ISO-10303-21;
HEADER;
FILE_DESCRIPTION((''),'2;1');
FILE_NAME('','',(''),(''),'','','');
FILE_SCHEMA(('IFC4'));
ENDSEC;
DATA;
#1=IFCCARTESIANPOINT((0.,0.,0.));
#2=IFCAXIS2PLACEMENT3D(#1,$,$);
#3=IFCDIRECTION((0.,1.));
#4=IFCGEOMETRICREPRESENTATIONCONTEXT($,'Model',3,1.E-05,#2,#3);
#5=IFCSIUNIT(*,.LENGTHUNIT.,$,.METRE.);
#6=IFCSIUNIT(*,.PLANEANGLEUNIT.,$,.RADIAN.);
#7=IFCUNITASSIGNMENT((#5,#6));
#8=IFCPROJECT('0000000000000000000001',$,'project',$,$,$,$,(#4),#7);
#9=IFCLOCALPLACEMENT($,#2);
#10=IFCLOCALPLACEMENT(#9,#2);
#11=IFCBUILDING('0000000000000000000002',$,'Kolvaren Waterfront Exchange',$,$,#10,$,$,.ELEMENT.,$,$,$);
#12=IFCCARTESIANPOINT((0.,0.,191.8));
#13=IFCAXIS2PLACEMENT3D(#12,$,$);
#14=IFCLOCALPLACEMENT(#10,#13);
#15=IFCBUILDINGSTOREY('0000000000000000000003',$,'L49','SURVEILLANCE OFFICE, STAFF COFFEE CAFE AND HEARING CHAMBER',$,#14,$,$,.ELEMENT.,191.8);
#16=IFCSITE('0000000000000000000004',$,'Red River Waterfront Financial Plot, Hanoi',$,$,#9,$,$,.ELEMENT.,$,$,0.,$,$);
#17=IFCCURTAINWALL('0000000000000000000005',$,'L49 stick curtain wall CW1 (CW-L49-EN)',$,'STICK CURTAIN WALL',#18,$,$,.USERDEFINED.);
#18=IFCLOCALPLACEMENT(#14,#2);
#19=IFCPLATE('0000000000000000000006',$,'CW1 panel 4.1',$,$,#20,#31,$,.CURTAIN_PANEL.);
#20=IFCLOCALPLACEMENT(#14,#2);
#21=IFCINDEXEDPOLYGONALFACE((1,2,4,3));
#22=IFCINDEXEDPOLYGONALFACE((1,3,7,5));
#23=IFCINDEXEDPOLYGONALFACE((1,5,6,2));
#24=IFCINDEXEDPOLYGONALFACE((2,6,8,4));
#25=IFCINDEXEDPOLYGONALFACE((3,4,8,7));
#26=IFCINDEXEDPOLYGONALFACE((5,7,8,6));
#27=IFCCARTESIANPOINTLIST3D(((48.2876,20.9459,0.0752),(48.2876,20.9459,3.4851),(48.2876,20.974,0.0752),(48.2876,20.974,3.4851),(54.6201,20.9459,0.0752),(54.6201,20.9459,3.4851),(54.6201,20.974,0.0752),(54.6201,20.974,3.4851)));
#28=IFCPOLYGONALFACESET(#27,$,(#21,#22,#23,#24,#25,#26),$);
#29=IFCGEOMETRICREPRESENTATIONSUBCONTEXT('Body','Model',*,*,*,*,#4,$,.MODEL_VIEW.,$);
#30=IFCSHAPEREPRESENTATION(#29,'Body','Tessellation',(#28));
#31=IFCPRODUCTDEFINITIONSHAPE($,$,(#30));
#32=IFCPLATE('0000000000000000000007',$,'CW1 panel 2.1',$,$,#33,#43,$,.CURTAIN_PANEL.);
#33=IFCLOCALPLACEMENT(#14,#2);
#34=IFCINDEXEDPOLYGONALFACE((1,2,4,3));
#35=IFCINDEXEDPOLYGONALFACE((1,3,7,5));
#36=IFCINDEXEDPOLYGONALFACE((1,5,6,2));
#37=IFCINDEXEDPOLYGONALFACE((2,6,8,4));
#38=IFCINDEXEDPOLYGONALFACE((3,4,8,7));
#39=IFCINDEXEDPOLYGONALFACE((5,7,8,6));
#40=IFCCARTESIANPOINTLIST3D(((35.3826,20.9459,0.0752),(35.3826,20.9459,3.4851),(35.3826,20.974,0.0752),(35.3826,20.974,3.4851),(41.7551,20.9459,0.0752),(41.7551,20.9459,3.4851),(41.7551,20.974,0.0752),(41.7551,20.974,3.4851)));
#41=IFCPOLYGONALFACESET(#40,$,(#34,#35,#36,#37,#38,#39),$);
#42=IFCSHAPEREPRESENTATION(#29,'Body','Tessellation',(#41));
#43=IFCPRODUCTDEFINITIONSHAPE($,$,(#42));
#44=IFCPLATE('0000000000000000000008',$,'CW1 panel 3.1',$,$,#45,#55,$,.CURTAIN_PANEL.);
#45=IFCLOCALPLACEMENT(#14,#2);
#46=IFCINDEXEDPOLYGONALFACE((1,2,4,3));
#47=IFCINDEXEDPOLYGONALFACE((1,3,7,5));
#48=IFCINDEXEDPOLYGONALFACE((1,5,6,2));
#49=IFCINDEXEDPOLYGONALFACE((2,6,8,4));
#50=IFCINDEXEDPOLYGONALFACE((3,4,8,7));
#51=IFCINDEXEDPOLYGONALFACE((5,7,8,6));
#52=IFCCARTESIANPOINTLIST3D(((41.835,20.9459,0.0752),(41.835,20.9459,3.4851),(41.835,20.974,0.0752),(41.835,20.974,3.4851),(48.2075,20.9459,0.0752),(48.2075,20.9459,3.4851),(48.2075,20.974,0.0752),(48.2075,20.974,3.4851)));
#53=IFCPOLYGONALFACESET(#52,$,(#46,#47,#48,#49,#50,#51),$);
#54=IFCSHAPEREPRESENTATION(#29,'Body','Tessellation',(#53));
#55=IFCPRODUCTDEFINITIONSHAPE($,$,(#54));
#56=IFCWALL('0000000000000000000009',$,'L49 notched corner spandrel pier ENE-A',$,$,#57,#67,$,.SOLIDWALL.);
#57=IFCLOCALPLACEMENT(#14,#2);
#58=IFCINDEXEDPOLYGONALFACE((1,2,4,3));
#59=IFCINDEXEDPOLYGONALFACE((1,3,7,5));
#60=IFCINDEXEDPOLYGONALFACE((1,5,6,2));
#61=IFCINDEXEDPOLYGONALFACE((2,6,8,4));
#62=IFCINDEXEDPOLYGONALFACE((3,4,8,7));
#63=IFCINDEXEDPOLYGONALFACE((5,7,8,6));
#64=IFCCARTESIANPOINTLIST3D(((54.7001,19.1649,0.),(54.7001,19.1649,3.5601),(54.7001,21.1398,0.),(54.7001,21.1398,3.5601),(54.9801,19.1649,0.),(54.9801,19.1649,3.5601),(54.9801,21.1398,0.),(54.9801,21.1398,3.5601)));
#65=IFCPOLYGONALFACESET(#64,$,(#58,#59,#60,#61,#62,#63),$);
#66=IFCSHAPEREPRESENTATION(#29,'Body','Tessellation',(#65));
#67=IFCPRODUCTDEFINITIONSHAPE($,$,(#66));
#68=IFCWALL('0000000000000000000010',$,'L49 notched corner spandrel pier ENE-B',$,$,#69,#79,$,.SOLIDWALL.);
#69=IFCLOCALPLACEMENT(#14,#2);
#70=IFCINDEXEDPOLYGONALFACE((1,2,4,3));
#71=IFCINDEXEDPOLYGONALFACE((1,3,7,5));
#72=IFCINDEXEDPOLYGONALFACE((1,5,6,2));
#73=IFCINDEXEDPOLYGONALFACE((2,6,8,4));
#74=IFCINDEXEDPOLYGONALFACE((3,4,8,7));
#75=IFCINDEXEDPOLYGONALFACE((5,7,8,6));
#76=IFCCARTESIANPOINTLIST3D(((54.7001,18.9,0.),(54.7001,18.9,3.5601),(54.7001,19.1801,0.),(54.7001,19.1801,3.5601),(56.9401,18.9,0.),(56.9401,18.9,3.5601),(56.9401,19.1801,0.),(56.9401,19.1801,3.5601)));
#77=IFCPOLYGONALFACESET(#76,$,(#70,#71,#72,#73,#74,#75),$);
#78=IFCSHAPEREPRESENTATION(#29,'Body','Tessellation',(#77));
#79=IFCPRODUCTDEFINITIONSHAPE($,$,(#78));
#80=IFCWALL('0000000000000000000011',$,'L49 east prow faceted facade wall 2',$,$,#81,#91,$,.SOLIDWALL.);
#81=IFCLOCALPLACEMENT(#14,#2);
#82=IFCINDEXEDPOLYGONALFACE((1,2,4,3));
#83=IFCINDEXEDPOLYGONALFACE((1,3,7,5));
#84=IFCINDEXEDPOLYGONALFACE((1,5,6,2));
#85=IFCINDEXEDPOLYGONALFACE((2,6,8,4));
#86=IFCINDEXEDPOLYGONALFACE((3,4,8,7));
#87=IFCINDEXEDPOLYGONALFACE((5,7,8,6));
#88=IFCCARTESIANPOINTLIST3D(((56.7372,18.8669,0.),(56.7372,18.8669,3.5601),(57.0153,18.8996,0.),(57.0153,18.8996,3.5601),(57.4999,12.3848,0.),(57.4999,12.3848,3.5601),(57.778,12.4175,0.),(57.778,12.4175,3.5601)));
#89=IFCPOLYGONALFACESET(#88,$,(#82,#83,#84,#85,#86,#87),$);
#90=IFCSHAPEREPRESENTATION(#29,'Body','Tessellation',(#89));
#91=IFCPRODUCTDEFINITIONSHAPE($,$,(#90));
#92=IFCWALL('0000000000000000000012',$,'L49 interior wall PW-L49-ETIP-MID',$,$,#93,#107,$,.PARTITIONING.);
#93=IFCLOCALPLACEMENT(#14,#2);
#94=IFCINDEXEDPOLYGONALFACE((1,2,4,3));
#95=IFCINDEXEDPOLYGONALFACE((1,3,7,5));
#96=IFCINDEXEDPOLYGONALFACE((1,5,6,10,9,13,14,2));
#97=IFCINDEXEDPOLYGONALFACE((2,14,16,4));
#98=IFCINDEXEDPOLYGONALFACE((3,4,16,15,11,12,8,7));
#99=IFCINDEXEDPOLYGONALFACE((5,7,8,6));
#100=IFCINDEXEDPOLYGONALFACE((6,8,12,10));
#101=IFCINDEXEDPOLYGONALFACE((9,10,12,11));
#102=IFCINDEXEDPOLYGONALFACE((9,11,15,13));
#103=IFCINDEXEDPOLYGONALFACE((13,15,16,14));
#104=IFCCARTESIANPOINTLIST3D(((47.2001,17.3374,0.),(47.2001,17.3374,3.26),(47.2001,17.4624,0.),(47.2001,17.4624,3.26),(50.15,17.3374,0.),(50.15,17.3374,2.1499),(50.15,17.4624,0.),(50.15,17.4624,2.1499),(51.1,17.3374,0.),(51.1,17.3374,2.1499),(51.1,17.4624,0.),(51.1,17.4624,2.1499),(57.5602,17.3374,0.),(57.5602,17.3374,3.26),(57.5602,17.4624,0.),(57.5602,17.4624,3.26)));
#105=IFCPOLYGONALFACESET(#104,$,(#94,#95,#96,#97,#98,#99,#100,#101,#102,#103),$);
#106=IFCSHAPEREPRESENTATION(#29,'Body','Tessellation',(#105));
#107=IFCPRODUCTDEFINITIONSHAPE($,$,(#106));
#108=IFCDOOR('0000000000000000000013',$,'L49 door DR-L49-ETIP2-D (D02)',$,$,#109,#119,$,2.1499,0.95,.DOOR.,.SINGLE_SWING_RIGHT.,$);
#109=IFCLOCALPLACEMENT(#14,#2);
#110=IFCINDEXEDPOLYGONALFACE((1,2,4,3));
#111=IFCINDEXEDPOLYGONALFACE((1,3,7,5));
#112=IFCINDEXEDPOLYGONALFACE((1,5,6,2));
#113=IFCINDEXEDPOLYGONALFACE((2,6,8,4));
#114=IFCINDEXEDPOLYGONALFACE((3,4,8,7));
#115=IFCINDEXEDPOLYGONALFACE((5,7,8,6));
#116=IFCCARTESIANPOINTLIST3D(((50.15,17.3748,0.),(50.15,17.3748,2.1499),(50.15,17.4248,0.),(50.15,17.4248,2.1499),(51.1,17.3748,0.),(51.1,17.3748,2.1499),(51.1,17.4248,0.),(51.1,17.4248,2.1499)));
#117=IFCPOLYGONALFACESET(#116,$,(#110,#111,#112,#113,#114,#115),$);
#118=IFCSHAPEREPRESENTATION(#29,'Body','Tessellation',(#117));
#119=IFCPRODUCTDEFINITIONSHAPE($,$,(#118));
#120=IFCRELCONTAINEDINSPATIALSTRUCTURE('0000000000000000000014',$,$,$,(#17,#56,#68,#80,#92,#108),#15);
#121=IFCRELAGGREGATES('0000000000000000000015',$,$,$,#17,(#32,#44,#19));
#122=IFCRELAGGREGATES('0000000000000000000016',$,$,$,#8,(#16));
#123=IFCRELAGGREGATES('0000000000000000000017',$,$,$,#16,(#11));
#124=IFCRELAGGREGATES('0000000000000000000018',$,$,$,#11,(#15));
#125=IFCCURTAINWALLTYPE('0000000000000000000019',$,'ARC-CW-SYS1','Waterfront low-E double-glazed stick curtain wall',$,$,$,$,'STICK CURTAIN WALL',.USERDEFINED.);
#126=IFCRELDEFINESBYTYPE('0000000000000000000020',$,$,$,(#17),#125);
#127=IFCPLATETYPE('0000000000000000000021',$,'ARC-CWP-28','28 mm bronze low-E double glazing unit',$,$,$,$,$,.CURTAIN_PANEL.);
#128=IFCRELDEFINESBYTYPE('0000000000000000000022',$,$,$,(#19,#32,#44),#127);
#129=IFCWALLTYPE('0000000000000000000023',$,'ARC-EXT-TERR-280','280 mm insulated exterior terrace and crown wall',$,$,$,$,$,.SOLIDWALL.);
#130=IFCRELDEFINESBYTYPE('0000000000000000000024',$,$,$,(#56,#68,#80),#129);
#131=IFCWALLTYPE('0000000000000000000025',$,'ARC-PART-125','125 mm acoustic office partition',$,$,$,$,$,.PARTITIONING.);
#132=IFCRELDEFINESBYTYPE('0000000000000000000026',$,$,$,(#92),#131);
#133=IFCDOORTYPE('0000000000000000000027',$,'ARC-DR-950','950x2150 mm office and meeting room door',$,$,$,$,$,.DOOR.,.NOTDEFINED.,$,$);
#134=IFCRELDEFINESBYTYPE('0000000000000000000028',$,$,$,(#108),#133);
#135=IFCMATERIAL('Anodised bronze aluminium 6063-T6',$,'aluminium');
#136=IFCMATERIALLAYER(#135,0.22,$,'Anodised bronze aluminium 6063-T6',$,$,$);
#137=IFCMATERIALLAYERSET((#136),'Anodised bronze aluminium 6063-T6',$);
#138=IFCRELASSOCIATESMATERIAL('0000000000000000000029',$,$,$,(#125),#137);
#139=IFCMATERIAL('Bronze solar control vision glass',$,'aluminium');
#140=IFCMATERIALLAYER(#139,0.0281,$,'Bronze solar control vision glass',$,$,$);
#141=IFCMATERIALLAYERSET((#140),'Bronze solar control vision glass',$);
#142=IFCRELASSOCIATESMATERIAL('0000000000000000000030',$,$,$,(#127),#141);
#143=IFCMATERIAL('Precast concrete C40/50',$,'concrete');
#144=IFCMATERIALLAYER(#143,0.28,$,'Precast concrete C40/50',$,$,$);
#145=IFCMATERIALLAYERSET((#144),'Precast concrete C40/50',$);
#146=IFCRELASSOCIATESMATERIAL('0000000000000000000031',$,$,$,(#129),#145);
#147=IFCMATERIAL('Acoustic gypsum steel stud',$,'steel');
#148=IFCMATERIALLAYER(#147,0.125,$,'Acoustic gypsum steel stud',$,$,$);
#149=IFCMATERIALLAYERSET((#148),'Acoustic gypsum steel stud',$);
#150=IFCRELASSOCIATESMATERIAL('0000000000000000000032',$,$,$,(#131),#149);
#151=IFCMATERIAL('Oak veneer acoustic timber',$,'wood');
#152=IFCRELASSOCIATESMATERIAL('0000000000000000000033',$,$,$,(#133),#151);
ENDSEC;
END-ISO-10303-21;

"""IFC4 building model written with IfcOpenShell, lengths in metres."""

from ifc_helpers import new_model, si_unit, direction, frame, frame_2d, origin, origin_with_axes, origin_2d, place, context, subcontext, project, spatial, rectangle, extrude, source, transform, mapped, material, layer, layer_set, type_object, element, fill, aggregate, save


model = new_model("IFC4")

# Units and contexts
model_context = context("Model", 3, precision=1e-05, world=origin(), true_north=direction((0.0, 1.0)))
body_context = subcontext(model_context, "Body", "Model", "MODEL_VIEW")
ifc_project = project(units=[si_unit("LENGTHUNIT", "METRE"), si_unit("PLANEANGLEUNIT", "RADIAN")], contexts=[model_context])

# Site, building, storey
site_placement = place(None, origin())
site = spatial("IfcSite", under=ifc_project, at=site_placement, Name="Red River Waterfront Financial Plot, Hanoi", CompositionType="ELEMENT", RefElevation=0.0)
building_placement = place(site_placement, origin())
building = spatial("IfcBuilding", under=site, at=building_placement, Name="Kolvaren Waterfront Exchange", CompositionType="ELEMENT")
storey_placement = place(building_placement, frame((0.0, 0.0, 191.8)))
storey = spatial("IfcBuildingStorey", under=building, at=storey_placement, Name="L49", Description="SURVEILLANCE OFFICE, STAFF COFFEE CAFE AND HEARING CHAMBER", CompositionType="ELEMENT", Elevation=191.8)

# Curtain wall, plates
ifc_material_1 = material(Name="Anodised bronze aluminium 6063-T6", Category="aluminium")
ifc_layer_1 = layer(ifc_material_1, 0.22, Name="Anodised bronze aluminium 6063-T6")
ifc_layer_set_1 = layer_set([ifc_layer_1], Name="Anodised bronze aluminium 6063-T6")
curtain_wall_type = type_object("IfcCurtainWallType", Name="ARC-CW-SYS1", Description="Waterfront low-E double-glazed stick curtain wall", ElementType="STICK CURTAIN WALL", PredefinedType="USERDEFINED", material=ifc_layer_set_1)
curtain_wall_placement = place(storey_placement, origin())
curtain_wall = element("IfcCurtainWall", 1, at=curtain_wall_placement, inside=storey, type_object=curtain_wall_type, Name="L49 stick curtain wall CW1 (CW-L49-EN)", ObjectType="STICK CURTAIN WALL", PredefinedType="USERDEFINED")
ifc_material_2 = material(Name="Bronze solar control vision glass", Category="aluminium")
ifc_layer_2 = layer(ifc_material_2, 0.0281, Name="Bronze solar control vision glass")
ifc_layer_set_2 = layer_set([ifc_layer_2], Name="Bronze solar control vision glass")
plate_type = type_object("IfcPlateType", Name="ARC-CWP-28", Description="28 mm bronze low-E double glazing unit", PredefinedType="CURTAIN_PANEL", material=ifc_layer_set_2)
shared_shape_1 = source(origin_with_axes(), body_context, "Body", "SweptSolid", [
    extrude(rectangle(XDim=6.3325, YDim=0.0281, at=origin_2d()), origin(), (0.0, 0.0, 1.0), 3.4099),
])
plate_1_placement = place(storey_placement, frame((51.4539, 20.96, 0.0752), z_axis=(0.0, 0.0, 1.0), x_axis=(1.0, 0.0, 0.0)))
plate_1 = element("IfcPlate", 2, at=plate_1_placement, type_object=plate_type, Name="CW1 panel 4.1", PredefinedType="CURTAIN_PANEL", context=body_context, shape_type="MappedRepresentation", body=[
    mapped(shared_shape_1, transform((0.0, 0.0, 0.0), x_axis=(1.0, 0.0, 0.0), y_axis=(0.0, 1.0, 0.0), z_axis=(0.0, 0.0, 1.0), scale=1.0)),
])
shared_shape_2 = source(origin_with_axes(), body_context, "Body", "SweptSolid", [
    extrude(rectangle(XDim=6.3726, YDim=0.0281, at=origin_2d()), origin(), (0.0, 0.0, 1.0), 3.4099),
])
plate_2_placement = place(storey_placement, frame((38.5688, 20.96, 0.0752), z_axis=(0.0, 0.0, 1.0), x_axis=(1.0, 0.0, 0.0)))
plate_2 = element("IfcPlate", 3, at=plate_2_placement, type_object=plate_type, Name="CW1 panel 2.1", PredefinedType="CURTAIN_PANEL", context=body_context, shape_type="MappedRepresentation", body=[
    mapped(shared_shape_2, transform((0.0, 0.0, 0.0), x_axis=(1.0, 0.0, 0.0), y_axis=(0.0, 1.0, 0.0), z_axis=(0.0, 0.0, 1.0), scale=1.0)),
])
plate_3_placement = place(storey_placement, frame((45.0212, 20.96, 0.0752), z_axis=(0.0, 0.0, 1.0), x_axis=(1.0, 0.0, 0.0)))
plate_3 = element("IfcPlate", 4, at=plate_3_placement, type_object=plate_type, Name="CW1 panel 3.1", PredefinedType="CURTAIN_PANEL", context=body_context, shape_type="MappedRepresentation", body=[
    mapped(shared_shape_2, transform((0.0, 0.0, 0.0), x_axis=(1.0, 0.0, 0.0), y_axis=(0.0, 1.0, 0.0), z_axis=(0.0, 0.0, 1.0), scale=1.0)),
])
aggregate(curtain_wall, [plate_2, plate_3, plate_1])

# Walls
ifc_material_3 = material(Name="Precast concrete C40/50", Category="concrete")
ifc_layer_3 = layer(ifc_material_3, 0.28, Name="Precast concrete C40/50")
ifc_layer_set_3 = layer_set([ifc_layer_3], Name="Precast concrete C40/50")
wall_type_1 = type_object("IfcWallType", Name="ARC-EXT-TERR-280", Description="280 mm insulated exterior terrace and crown wall", PredefinedType="SOLIDWALL", material=ifc_layer_set_3)
wall_1_placement = place(storey_placement, frame((54.8401, 19.165, 0.0), z_axis=(0.0, 0.0, 1.0), x_axis=(0.0, 1.0, 0.0)))
element("IfcWall", 5, at=wall_1_placement, inside=storey, type_object=wall_type_1, Name="L49 notched corner spandrel pier ENE-A", PredefinedType="SOLIDWALL", context=body_context, shape_type="SweptSolid", body=[
    extrude(rectangle(XDim=1.9749, YDim=0.28, at=frame_2d((0.9873, 0.0))), origin(), (0.0, 0.0, 1.0), 3.5601),
])
wall_2_placement = place(storey_placement, frame((54.7, 19.04, 0.0), z_axis=(0.0, 0.0, 1.0), x_axis=(1.0, 0.0, 0.0)))
element("IfcWall", 6, at=wall_2_placement, inside=storey, type_object=wall_type_1, Name="L49 notched corner spandrel pier ENE-B", PredefinedType="SOLIDWALL", context=body_context, shape_type="SweptSolid", body=[
    extrude(rectangle(XDim=2.24, YDim=0.28, at=frame_2d((1.1201, 0.0))), origin(), (0.0, 0.0, 1.0), 3.5601),
])
wall_3_placement = place(storey_placement, frame((57.6389, 12.4011, 0.0), z_axis=(0.0, 0.0, 1.0), x_axis=(-0.116854, 0.993149, 0.0)))
element("IfcWall", 7, at=wall_3_placement, inside=storey, type_object=wall_type_1, Name="L49 east prow faceted facade wall 2", PredefinedType="SOLIDWALL", context=body_context, shape_type="SweptSolid", body=[
    extrude(rectangle(XDim=6.5269, YDim=0.28, at=frame_2d((3.2634, 0.0))), origin(), (0.0, 0.0, 1.0), 3.5601),
])

# Wall, opening, door
ifc_material_4 = material(Name="Acoustic gypsum steel stud", Category="steel")
ifc_layer_4 = layer(ifc_material_4, 0.125, Name="Acoustic gypsum steel stud")
ifc_layer_set_4 = layer_set([ifc_layer_4], Name="Acoustic gypsum steel stud")
wall_type_2 = type_object("IfcWallType", Name="ARC-PART-125", Description="125 mm acoustic office partition", PredefinedType="PARTITIONING", material=ifc_layer_set_4)
wall_4_placement = place(storey_placement, frame((47.2, 17.3999, 0.0), z_axis=(0.0, 0.0, 1.0), x_axis=(1.0, 0.0, 0.0)))
wall_4 = element("IfcWall", 8, at=wall_4_placement, inside=storey, type_object=wall_type_2, Name="L49 interior wall PW-L49-ETIP-MID", PredefinedType="PARTITIONING", context=body_context, shape_type="SweptSolid", body=[
    extrude(rectangle(XDim=10.3601, YDim=0.125, at=frame_2d((5.1802, 0.0))), origin(), (0.0, 0.0, 1.0), 3.26),
])
opening_placement = place(wall_4_placement, frame((2.95, 0.0, 0.0)))
opening = element("IfcOpeningElement", 9, at=opening_placement, cuts=wall_4, PredefinedType="OPENING", context=body_context, shape_type="SweptSolid", body=[
    extrude(rectangle(XDim=0.95, YDim=2.1499, at=frame_2d((0.4751, 1.075))), frame((0.0, 0.0725, 0.0), z_axis=(0.0, -1.0, 0.0), x_axis=(1.0, 0.0, 0.0)), (0.0, 0.0, 1.0), 0.145),
])
ifc_material_5 = material(Name="Oak veneer acoustic timber", Category="wood")
door_type = type_object("IfcDoorType", Name="ARC-DR-950", Description="950x2150 mm office and meeting room door", OperationType="NOTDEFINED", PredefinedType="DOOR", material=ifc_material_5)
door_placement = place(opening_placement, origin())
door = element("IfcDoor", 10, at=door_placement, inside=storey, type_object=door_type, Name="L49 door DR-L49-ETIP2-D (D02)", OperationType="SINGLE_SWING_RIGHT", OverallHeight=2.1499, OverallWidth=0.95, PredefinedType="DOOR", context=body_context, shape_type="SweptSolid", body=[
    extrude(rectangle(XDim=0.95, YDim=2.1499, at=frame_2d((0.4751, 1.075))), frame((0.0, 0.0249, 0.0), z_axis=(0.0, -1.0, 0.0), x_axis=(1.0, 0.0, 0.0)), (0.0, 0.0, 1.0), 0.05),
])
fill(opening, door)

save(model, "model.ifc")
